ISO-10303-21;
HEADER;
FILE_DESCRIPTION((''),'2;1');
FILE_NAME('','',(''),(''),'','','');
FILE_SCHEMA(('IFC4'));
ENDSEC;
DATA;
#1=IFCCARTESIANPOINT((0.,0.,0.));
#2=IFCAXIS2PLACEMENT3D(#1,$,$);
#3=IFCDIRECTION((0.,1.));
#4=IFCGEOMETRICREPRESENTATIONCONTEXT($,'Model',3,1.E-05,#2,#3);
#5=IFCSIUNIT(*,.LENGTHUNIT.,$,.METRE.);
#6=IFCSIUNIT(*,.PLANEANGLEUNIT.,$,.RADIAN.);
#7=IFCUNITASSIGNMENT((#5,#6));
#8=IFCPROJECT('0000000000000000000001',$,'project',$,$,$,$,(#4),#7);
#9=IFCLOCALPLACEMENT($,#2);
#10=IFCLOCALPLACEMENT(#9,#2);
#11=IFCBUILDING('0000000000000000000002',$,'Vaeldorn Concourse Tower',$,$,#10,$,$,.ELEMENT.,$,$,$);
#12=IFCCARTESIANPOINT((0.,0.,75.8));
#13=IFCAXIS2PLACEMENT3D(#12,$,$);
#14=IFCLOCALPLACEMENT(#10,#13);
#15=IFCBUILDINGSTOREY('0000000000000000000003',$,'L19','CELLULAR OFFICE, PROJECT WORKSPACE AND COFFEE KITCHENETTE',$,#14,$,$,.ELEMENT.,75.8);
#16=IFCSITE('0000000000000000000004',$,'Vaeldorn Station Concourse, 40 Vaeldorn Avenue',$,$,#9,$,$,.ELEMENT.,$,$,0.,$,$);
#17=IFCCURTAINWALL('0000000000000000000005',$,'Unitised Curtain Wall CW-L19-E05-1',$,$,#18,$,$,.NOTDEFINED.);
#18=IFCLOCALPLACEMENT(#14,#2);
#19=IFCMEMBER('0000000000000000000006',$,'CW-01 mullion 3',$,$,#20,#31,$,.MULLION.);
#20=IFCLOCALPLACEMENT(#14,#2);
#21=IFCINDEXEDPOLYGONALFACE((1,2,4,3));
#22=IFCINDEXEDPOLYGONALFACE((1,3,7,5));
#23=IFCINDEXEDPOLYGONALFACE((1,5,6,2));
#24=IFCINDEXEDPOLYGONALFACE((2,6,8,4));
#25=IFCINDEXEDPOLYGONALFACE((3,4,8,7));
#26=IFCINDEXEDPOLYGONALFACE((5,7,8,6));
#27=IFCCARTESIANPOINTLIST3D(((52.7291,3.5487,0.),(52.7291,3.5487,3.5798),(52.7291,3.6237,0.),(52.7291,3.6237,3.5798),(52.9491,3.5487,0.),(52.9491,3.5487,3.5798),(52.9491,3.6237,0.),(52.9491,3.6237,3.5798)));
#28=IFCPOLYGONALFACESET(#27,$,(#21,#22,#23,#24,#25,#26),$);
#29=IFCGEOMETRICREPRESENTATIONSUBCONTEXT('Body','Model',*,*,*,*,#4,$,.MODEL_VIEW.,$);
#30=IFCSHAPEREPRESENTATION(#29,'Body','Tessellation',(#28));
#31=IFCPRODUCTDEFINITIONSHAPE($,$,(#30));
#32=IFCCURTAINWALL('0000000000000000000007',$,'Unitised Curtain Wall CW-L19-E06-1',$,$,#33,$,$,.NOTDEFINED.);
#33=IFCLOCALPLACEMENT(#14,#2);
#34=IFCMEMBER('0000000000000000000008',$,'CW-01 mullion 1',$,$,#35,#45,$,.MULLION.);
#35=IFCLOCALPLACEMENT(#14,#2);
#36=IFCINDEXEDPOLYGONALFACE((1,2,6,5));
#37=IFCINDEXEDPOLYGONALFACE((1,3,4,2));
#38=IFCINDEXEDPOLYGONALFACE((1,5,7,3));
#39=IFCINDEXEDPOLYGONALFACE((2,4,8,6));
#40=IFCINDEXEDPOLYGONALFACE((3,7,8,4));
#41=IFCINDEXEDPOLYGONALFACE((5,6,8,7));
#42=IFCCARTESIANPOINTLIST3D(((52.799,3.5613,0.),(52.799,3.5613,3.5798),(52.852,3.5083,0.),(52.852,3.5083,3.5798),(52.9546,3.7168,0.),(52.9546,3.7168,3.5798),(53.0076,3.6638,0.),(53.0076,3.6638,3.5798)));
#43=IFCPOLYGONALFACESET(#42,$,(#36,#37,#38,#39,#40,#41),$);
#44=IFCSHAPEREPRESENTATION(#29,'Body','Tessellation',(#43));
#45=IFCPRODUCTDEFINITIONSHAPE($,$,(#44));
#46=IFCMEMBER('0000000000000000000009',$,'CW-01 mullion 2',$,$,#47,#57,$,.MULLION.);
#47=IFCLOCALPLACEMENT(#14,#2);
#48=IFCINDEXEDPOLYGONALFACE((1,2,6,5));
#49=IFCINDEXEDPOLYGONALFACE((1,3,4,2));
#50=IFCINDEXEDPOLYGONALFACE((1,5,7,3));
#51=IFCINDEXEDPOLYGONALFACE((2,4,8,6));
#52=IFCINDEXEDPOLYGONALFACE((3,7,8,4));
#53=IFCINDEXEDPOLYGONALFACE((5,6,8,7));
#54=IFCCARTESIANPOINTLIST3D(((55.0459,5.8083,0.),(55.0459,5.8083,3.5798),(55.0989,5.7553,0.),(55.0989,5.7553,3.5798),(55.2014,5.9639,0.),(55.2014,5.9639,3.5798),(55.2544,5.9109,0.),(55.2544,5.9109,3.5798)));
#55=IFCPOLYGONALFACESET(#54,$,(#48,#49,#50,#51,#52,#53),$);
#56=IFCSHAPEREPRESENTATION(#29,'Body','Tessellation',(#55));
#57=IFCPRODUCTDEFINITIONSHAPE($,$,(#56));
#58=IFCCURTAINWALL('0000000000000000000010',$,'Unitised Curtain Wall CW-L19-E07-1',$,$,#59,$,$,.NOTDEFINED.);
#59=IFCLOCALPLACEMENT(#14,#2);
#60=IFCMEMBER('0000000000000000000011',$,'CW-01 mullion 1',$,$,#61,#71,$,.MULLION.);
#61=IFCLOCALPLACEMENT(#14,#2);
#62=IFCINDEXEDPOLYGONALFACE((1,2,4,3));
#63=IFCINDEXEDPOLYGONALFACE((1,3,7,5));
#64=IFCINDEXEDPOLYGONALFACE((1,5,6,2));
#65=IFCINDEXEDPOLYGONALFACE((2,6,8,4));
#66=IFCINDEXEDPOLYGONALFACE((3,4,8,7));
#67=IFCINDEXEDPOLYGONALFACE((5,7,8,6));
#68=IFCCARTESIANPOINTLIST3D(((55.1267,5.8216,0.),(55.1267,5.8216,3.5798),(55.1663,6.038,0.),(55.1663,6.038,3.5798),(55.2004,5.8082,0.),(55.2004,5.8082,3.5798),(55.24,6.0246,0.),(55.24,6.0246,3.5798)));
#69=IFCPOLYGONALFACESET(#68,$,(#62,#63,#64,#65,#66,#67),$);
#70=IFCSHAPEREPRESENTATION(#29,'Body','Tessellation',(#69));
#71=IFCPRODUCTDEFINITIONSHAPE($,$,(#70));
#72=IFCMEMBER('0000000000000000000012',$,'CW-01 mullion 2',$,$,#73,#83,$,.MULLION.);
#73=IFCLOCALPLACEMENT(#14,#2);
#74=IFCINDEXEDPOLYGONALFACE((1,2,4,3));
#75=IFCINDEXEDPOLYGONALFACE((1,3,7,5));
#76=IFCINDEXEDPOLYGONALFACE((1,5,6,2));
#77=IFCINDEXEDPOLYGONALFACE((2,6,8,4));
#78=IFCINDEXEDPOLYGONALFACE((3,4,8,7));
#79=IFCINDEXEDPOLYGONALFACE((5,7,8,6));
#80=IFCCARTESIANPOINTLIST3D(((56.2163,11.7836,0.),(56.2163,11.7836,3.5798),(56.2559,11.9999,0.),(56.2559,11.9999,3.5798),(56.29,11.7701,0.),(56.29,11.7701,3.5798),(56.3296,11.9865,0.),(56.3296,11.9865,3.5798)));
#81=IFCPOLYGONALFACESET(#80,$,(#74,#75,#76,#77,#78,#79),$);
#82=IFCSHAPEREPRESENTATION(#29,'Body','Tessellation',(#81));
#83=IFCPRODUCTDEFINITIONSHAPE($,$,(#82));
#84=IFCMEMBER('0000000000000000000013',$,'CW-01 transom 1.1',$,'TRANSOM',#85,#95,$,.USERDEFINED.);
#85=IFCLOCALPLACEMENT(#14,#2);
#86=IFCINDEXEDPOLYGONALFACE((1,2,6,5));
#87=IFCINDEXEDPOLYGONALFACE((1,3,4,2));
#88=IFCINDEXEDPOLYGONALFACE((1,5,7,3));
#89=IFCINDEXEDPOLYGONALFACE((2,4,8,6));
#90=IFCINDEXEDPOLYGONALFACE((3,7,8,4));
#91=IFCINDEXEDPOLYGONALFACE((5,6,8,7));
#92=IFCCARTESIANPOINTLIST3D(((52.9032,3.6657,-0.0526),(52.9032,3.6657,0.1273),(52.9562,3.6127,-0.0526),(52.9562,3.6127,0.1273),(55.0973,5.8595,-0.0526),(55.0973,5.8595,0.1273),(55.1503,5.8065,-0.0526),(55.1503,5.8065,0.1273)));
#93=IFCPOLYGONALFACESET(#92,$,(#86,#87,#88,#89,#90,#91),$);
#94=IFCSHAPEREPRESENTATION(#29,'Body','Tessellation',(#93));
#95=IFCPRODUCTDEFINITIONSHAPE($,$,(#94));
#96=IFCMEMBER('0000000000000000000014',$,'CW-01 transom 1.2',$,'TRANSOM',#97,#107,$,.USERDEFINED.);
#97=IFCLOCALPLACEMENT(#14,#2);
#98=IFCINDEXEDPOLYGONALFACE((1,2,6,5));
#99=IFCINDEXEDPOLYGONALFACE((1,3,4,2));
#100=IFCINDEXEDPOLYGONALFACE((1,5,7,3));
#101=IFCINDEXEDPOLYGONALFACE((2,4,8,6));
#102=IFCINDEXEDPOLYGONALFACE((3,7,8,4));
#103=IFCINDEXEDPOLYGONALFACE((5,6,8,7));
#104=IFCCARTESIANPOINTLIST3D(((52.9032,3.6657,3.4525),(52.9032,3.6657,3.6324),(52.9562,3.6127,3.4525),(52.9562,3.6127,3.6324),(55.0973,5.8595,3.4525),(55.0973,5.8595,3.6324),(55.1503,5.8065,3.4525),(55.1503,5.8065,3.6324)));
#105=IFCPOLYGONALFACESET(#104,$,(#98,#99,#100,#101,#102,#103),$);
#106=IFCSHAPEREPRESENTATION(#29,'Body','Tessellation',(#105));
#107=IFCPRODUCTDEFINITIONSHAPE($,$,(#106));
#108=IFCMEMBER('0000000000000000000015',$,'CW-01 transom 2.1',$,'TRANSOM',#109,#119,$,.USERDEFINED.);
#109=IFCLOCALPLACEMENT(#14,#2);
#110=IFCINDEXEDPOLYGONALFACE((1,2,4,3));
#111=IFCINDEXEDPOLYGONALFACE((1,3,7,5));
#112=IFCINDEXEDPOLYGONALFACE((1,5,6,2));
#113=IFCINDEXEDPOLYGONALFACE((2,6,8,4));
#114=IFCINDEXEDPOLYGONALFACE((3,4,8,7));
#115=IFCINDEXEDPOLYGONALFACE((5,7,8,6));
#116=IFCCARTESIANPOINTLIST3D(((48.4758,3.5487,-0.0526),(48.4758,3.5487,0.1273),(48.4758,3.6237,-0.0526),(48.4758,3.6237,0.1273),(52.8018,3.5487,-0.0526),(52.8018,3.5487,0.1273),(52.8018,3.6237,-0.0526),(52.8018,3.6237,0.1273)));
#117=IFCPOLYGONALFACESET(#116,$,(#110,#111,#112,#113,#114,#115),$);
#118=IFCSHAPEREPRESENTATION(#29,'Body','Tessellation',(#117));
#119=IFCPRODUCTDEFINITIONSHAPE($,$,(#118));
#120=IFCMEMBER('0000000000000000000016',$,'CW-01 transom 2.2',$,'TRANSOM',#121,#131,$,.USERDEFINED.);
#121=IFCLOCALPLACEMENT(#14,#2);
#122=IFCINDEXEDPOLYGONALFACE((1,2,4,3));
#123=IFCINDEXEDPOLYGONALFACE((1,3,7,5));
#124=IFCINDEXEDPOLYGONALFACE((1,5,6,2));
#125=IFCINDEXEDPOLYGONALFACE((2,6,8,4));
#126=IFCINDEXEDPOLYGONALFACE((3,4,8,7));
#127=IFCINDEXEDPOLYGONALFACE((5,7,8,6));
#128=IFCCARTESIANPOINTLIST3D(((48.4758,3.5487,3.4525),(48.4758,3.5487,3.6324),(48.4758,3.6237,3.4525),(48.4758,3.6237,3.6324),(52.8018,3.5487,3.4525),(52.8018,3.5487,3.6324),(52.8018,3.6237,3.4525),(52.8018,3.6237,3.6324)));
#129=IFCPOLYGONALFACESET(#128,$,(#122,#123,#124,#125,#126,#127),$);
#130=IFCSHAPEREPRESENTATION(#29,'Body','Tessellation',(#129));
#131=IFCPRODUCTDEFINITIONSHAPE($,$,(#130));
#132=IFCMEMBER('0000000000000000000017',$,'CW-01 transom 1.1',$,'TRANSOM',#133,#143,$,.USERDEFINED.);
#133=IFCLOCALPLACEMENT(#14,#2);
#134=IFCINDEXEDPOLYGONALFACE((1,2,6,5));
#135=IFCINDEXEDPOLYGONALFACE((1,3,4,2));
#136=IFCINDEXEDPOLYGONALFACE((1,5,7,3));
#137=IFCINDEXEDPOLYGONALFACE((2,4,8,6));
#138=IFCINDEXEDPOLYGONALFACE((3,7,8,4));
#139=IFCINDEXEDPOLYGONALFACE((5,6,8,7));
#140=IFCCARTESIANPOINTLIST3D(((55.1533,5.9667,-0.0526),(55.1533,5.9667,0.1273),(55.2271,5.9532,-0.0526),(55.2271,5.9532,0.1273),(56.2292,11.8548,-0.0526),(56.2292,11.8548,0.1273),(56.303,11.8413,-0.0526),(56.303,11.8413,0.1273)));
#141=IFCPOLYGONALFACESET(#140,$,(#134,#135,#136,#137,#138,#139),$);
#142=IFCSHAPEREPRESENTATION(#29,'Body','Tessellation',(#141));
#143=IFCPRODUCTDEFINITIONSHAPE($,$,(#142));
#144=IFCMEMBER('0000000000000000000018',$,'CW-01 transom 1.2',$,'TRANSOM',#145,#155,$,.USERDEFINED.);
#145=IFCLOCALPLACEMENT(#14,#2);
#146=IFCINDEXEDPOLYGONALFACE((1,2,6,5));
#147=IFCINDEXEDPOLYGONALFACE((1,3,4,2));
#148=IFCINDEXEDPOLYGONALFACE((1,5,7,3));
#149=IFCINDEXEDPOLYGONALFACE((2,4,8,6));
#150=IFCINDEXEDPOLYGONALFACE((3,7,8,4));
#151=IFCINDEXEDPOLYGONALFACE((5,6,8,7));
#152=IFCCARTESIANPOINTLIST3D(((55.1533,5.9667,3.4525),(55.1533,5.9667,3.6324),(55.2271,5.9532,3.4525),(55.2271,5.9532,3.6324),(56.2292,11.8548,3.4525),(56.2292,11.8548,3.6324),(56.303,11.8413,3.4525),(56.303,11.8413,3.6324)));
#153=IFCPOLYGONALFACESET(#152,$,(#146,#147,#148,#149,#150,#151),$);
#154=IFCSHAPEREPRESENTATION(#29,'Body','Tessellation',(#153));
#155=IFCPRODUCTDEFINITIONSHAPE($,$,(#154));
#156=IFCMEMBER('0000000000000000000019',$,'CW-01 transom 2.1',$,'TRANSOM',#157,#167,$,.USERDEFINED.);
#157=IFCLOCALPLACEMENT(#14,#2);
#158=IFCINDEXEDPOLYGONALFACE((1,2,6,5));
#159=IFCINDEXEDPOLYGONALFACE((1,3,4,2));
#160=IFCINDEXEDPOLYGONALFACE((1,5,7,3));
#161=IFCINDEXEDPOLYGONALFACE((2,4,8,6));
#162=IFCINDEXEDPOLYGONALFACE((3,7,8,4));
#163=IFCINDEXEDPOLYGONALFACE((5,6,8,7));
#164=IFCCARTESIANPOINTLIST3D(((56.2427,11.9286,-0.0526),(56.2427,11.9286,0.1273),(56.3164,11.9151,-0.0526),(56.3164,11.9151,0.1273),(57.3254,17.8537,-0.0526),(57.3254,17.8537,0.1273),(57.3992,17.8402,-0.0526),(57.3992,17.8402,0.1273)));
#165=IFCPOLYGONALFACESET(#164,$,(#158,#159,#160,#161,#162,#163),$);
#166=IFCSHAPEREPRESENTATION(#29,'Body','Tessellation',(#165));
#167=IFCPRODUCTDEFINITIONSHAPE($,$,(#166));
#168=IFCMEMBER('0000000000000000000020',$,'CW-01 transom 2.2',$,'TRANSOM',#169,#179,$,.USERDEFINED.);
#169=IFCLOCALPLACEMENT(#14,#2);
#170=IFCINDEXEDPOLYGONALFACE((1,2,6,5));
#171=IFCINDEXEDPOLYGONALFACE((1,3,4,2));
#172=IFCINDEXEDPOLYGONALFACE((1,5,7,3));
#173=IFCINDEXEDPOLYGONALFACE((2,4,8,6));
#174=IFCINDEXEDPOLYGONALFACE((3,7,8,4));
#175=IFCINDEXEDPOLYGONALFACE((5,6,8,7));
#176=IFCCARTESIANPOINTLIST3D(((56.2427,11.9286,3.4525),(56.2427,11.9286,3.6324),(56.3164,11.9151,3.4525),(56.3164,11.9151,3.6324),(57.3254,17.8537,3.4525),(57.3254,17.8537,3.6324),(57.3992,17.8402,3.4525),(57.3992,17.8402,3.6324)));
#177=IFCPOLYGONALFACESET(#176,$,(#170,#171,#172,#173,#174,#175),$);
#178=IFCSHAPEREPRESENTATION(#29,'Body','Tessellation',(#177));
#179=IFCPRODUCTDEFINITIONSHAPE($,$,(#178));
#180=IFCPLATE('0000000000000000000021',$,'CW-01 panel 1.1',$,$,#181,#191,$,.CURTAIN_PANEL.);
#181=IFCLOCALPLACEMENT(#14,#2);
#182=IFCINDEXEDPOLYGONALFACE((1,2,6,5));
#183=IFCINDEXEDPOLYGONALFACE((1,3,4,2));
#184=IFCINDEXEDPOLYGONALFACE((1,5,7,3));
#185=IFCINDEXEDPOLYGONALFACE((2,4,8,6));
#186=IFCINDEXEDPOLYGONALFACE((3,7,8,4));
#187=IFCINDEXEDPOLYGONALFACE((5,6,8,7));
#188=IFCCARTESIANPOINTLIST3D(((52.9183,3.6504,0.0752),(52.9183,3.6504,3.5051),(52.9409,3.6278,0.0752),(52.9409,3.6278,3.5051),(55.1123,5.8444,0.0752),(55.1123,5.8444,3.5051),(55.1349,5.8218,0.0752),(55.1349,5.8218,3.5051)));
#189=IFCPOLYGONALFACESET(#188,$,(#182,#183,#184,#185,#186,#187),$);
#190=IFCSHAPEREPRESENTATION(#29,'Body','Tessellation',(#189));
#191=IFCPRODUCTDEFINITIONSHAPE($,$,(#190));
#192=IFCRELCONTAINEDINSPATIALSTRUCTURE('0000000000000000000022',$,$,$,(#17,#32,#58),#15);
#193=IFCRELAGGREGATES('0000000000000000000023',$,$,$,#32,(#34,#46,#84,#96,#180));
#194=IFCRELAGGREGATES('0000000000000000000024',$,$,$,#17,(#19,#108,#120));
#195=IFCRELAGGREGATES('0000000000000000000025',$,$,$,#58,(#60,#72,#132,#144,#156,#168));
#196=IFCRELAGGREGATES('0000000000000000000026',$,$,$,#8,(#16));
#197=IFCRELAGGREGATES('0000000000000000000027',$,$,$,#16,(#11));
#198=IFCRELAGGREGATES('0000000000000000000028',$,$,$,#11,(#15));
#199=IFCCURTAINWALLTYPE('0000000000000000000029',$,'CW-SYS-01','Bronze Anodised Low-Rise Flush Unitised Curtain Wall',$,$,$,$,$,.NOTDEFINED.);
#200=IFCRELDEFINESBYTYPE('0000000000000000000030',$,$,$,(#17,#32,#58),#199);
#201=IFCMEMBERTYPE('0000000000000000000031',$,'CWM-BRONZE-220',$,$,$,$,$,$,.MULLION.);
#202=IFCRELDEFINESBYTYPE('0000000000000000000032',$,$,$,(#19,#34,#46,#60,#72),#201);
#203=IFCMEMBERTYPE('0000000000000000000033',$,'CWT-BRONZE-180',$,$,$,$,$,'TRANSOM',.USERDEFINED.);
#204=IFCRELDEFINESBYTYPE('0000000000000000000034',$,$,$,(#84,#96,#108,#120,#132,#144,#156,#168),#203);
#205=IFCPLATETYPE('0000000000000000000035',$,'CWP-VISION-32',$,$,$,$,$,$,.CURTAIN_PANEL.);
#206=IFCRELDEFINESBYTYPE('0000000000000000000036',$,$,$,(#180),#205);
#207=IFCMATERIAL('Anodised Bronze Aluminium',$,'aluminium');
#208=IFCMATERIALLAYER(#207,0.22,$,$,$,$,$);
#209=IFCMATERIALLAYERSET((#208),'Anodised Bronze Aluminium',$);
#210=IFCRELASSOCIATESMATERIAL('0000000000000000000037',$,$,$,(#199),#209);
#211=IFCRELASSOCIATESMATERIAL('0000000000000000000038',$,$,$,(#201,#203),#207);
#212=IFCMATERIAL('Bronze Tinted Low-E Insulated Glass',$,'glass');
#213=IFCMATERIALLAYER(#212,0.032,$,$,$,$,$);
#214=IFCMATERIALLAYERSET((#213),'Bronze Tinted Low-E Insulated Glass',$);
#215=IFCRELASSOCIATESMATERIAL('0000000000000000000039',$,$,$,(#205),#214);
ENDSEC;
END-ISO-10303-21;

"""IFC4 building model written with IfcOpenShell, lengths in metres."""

from ifc_helpers import new_model, si_unit, direction, frame, origin, origin_2d, place, context, subcontext, project, spatial, rectangle, extrude, source, transform, mapped, material, layer, layer_set, material_profile, profile_set, type_object, element, aggregate, save


model = new_model("IFC4")

# Units and contexts
model_context = context("Model", 3, precision=1e-05, world=origin(), true_north=direction((0.0, 1.0)))
body_context = subcontext(model_context, "Body", "Model", "MODEL_VIEW")
ifc_project = project(units=[si_unit("LENGTHUNIT", "METRE"), si_unit("PLANEANGLEUNIT", "RADIAN")], contexts=[model_context])

# Site, building, storey
site_placement = place(None, origin())
site = spatial("IfcSite", under=ifc_project, at=site_placement, Name="Vaeldorn Station Concourse, 40 Vaeldorn Avenue", CompositionType="ELEMENT", RefElevation=0.0)
building_placement = place(site_placement, origin())
building = spatial("IfcBuilding", under=site, at=building_placement, Name="Vaeldorn Concourse Tower", CompositionType="ELEMENT")
storey_placement = place(building_placement, frame((0.0, 0.0, 75.8)))
storey = spatial("IfcBuildingStorey", under=building, at=storey_placement, Name="L19", Description="CELLULAR OFFICE, PROJECT WORKSPACE AND COFFEE KITCHENETTE", CompositionType="ELEMENT", Elevation=75.8)

# Curtain walls, members
ifc_material_1 = material(Name="Anodised Bronze Aluminium", Category="aluminium")
ifc_layer_1 = layer(ifc_material_1, 0.22)
ifc_layer_set_1 = layer_set([ifc_layer_1], Name="Anodised Bronze Aluminium")
curtain_wall_type = type_object("IfcCurtainWallType", Name="CW-SYS-01", Description="Bronze Anodised Low-Rise Flush Unitised Curtain Wall", PredefinedType="NOTDEFINED", material=ifc_layer_set_1)
curtain_wall_1_placement = place(storey_placement, origin())
curtain_wall_1 = element("IfcCurtainWall", 1, at=curtain_wall_1_placement, inside=storey, type_object=curtain_wall_type, Name="Unitised Curtain Wall CW-L19-E05-1", PredefinedType="NOTDEFINED")
ifc_material_profile_1 = material_profile(ifc_material_1, rectangle(XDim=0.075, YDim=0.22, at=origin_2d()), Name="CWM 75x220")
ifc_profile_set_1 = profile_set([ifc_material_profile_1], Name="Anodised Bronze Aluminium")
member_type_1 = type_object("IfcMemberType", Name="CWM-BRONZE-220", PredefinedType="MULLION", material=ifc_profile_set_1)
shared_shape_1 = source(origin(), body_context, "Body", "SweptSolid", [
    extrude(rectangle(XDim=0.075, YDim=0.22, at=origin_2d()), origin(), (0.0, 0.0, 1.0), 3.5798),
])
member_1_placement = place(storey_placement, frame((52.8391, 3.5862, 0.0), z_axis=(0.0, 0.0, 1.0), x_axis=(0.0, 1.0, 0.0)))
member_1 = element("IfcMember", 2, at=member_1_placement, type_object=member_type_1, Name="CW-01 mullion 3", PredefinedType="MULLION", context=body_context, shape_type="MappedRepresentation", body=[
    mapped(shared_shape_1, transform((0.0, 0.0, 0.0), scale=1.0)),
])
curtain_wall_2_placement = place(storey_placement, origin())
curtain_wall_2 = element("IfcCurtainWall", 3, at=curtain_wall_2_placement, inside=storey, type_object=curtain_wall_type, Name="Unitised Curtain Wall CW-L19-E06-1", PredefinedType="NOTDEFINED")
member_2_placement = place(storey_placement, frame((52.9033, 3.6125, 0.0), z_axis=(0.0, 0.0, 1.0), x_axis=(-0.707107, 0.707107, 0.0)))
member_2 = element("IfcMember", 4, at=member_2_placement, type_object=member_type_1, Name="CW-01 mullion 1", PredefinedType="MULLION", context=body_context, shape_type="MappedRepresentation", body=[
    mapped(shared_shape_1, transform((0.0, 0.0, 0.0), scale=1.0)),
])
member_3_placement = place(storey_placement, frame((55.1501, 5.8596, 0.0), z_axis=(0.0, 0.0, 1.0), x_axis=(-0.707107, 0.707107, 0.0)))
member_3 = element("IfcMember", 5, at=member_3_placement, type_object=member_type_1, Name="CW-01 mullion 2", PredefinedType="MULLION", context=body_context, shape_type="MappedRepresentation", body=[
    mapped(shared_shape_1, transform((0.0, 0.0, 0.0), scale=1.0)),
])
curtain_wall_3_placement = place(storey_placement, origin())
curtain_wall_3 = element("IfcCurtainWall", 6, at=curtain_wall_3_placement, inside=storey, type_object=curtain_wall_type, Name="Unitised Curtain Wall CW-L19-E07-1", PredefinedType="NOTDEFINED")
member_4_placement = place(storey_placement, frame((55.1833, 5.9231, 0.0), z_axis=(0.0, 0.0, 1.0), x_axis=(-0.983712, 0.179751, 0.0)))
member_4 = element("IfcMember", 7, at=member_4_placement, type_object=member_type_1, Name="CW-01 mullion 1", PredefinedType="MULLION", context=body_context, shape_type="MappedRepresentation", body=[
    mapped(shared_shape_1, transform((0.0, 0.0, 0.0), scale=1.0)),
])
member_5_placement = place(storey_placement, frame((56.2729, 11.885, 0.0), z_axis=(0.0, 0.0, 1.0), x_axis=(-0.983712, 0.179751, 0.0)))
member_5 = element("IfcMember", 8, at=member_5_placement, type_object=member_type_1, Name="CW-01 mullion 2", PredefinedType="MULLION", context=body_context, shape_type="MappedRepresentation", body=[
    mapped(shared_shape_1, transform((0.0, 0.0, 0.0), scale=1.0)),
])

# Members
ifc_material_profile_2 = material_profile(ifc_material_1, rectangle(XDim=0.075, YDim=0.1799, at=origin_2d()), Name="CWT 75x180")
ifc_profile_set_2 = profile_set([ifc_material_profile_2], Name="Anodised Bronze Aluminium")
member_type_2 = type_object("IfcMemberType", Name="CWT-BRONZE-180", ElementType="TRANSOM", PredefinedType="USERDEFINED", material=ifc_profile_set_2)
shared_shape_2 = source(origin(), body_context, "Body", "SweptSolid", [
    extrude(rectangle(XDim=0.075, YDim=0.1799, at=origin_2d()), origin(), (0.0, 0.0, 1.0), 3.1028),
])
member_6_placement = place(storey_placement, frame((52.9297, 3.6392, 0.0374), z_axis=(0.707146, 0.707067, 0.0), x_axis=(-0.707067, 0.707146, 0.0)))
member_6 = element("IfcMember", 9, at=member_6_placement, type_object=member_type_2, Name="CW-01 transom 1.1", ObjectType="TRANSOM", PredefinedType="USERDEFINED", context=body_context, shape_type="MappedRepresentation", body=[
    mapped(shared_shape_2, transform((0.0, 0.0, 0.0), scale=1.0)),
])
member_7_placement = place(storey_placement, frame((52.9297, 3.6392, 3.5425), z_axis=(0.707146, 0.707067, 0.0), x_axis=(-0.707067, 0.707146, 0.0)))
member_7 = element("IfcMember", 10, at=member_7_placement, type_object=member_type_2, Name="CW-01 transom 1.2", ObjectType="TRANSOM", PredefinedType="USERDEFINED", context=body_context, shape_type="MappedRepresentation", body=[
    mapped(shared_shape_2, transform((0.0, 0.0, 0.0), scale=1.0)),
])
shared_shape_3 = source(origin(), body_context, "Body", "SweptSolid", [
    extrude(rectangle(XDim=0.075, YDim=0.1799, at=origin_2d()), origin(), (0.0, 0.0, 1.0), 4.3259),
])
member_8_placement = place(storey_placement, frame((48.4758, 3.5862, 0.0374), z_axis=(1.0, 0.0, 0.0), x_axis=(0.0, 1.0, 0.0)))
member_8 = element("IfcMember", 11, at=member_8_placement, type_object=member_type_2, Name="CW-01 transom 2.1", ObjectType="TRANSOM", PredefinedType="USERDEFINED", context=body_context, shape_type="MappedRepresentation", body=[
    mapped(shared_shape_3, transform((0.0, 0.0, 0.0), scale=1.0)),
])
member_9_placement = place(storey_placement, frame((48.4758, 3.5862, 3.5425), z_axis=(1.0, 0.0, 0.0), x_axis=(0.0, 1.0, 0.0)))
member_9 = element("IfcMember", 12, at=member_9_placement, type_object=member_type_2, Name="CW-01 transom 2.2", ObjectType="TRANSOM", PredefinedType="USERDEFINED", context=body_context, shape_type="MappedRepresentation", body=[
    mapped(shared_shape_3, transform((0.0, 0.0, 0.0), scale=1.0)),
])
shared_shape_4 = source(origin(), body_context, "Body", "SweptSolid", [
    extrude(rectangle(XDim=0.075, YDim=0.1799, at=origin_2d()), origin(), (0.0, 0.0, 1.0), 5.9856),
])
member_10_placement = place(storey_placement, frame((55.1902, 5.96, 0.0374), z_axis=(0.17975, 0.983712, 0.0), x_axis=(-0.983712, 0.17975, 0.0)))
member_10 = element("IfcMember", 13, at=member_10_placement, type_object=member_type_2, Name="CW-01 transom 1.1", ObjectType="TRANSOM", PredefinedType="USERDEFINED", context=body_context, shape_type="MappedRepresentation", body=[
    mapped(shared_shape_4, transform((0.0, 0.0, 0.0), scale=1.0)),
])
member_11_placement = place(storey_placement, frame((55.1902, 5.96, 3.5425), z_axis=(0.17975, 0.983712, 0.0), x_axis=(-0.983712, 0.17975, 0.0)))
member_11 = element("IfcMember", 14, at=member_11_placement, type_object=member_type_2, Name="CW-01 transom 1.2", ObjectType="TRANSOM", PredefinedType="USERDEFINED", context=body_context, shape_type="MappedRepresentation", body=[
    mapped(shared_shape_4, transform((0.0, 0.0, 0.0), scale=1.0)),
])
shared_shape_5 = source(origin(), body_context, "Body", "SweptSolid", [
    extrude(rectangle(XDim=0.075, YDim=0.1799, at=origin_2d()), origin(), (0.0, 0.0, 1.0), 6.0232),
])
member_12_placement = place(storey_placement, frame((56.2795, 11.9219, 0.0374), z_axis=(0.179766, 0.983709, 0.0), x_axis=(-0.983709, 0.179766, 0.0)))
member_12 = element("IfcMember", 15, at=member_12_placement, type_object=member_type_2, Name="CW-01 transom 2.1", ObjectType="TRANSOM", PredefinedType="USERDEFINED", context=body_context, shape_type="MappedRepresentation", body=[
    mapped(shared_shape_5, transform((0.0, 0.0, 0.0), scale=1.0)),
])
member_13_placement = place(storey_placement, frame((56.2795, 11.9219, 3.5425), z_axis=(0.179766, 0.983709, 0.0), x_axis=(-0.983709, 0.179766, 0.0)))
member_13 = element("IfcMember", 16, at=member_13_placement, type_object=member_type_2, Name="CW-01 transom 2.2", ObjectType="TRANSOM", PredefinedType="USERDEFINED", context=body_context, shape_type="MappedRepresentation", body=[
    mapped(shared_shape_5, transform((0.0, 0.0, 0.0), scale=1.0)),
])

# Plate
ifc_material_2 = material(Name="Bronze Tinted Low-E Insulated Glass", Category="glass")
ifc_layer_2 = layer(ifc_material_2, 0.032)
ifc_layer_set_2 = layer_set([ifc_layer_2], Name="Bronze Tinted Low-E Insulated Glass")
plate_type = type_object("IfcPlateType", Name="CWP-VISION-32", PredefinedType="CURTAIN_PANEL", material=ifc_layer_set_2)
shared_shape_6 = source(origin(), body_context, "Body", "SweptSolid", [
    extrude(rectangle(XDim=3.1028, YDim=0.032, at=origin_2d()), origin(), (0.0, 0.0, 1.0), 3.4299),
])
plate_1_placement = place(storey_placement, frame((54.0266, 4.7361, 0.0752), z_axis=(0.0, 0.0, 1.0), x_axis=(0.707107, 0.707107, 0.0)))
plate_1 = element("IfcPlate", 17, at=plate_1_placement, type_object=plate_type, Name="CW-01 panel 1.1", PredefinedType="CURTAIN_PANEL", context=body_context, shape_type="MappedRepresentation", body=[
    mapped(shared_shape_6, transform((0.0, 0.0, 0.0), scale=1.0)),
])
aggregate(curtain_wall_2, [member_2, member_3, member_6, member_7, plate_1])
aggregate(curtain_wall_1, [member_1, member_8, member_9])
aggregate(curtain_wall_3, [member_4, member_5, member_10, member_11, member_12, member_13])

save(model, "model.ifc")
